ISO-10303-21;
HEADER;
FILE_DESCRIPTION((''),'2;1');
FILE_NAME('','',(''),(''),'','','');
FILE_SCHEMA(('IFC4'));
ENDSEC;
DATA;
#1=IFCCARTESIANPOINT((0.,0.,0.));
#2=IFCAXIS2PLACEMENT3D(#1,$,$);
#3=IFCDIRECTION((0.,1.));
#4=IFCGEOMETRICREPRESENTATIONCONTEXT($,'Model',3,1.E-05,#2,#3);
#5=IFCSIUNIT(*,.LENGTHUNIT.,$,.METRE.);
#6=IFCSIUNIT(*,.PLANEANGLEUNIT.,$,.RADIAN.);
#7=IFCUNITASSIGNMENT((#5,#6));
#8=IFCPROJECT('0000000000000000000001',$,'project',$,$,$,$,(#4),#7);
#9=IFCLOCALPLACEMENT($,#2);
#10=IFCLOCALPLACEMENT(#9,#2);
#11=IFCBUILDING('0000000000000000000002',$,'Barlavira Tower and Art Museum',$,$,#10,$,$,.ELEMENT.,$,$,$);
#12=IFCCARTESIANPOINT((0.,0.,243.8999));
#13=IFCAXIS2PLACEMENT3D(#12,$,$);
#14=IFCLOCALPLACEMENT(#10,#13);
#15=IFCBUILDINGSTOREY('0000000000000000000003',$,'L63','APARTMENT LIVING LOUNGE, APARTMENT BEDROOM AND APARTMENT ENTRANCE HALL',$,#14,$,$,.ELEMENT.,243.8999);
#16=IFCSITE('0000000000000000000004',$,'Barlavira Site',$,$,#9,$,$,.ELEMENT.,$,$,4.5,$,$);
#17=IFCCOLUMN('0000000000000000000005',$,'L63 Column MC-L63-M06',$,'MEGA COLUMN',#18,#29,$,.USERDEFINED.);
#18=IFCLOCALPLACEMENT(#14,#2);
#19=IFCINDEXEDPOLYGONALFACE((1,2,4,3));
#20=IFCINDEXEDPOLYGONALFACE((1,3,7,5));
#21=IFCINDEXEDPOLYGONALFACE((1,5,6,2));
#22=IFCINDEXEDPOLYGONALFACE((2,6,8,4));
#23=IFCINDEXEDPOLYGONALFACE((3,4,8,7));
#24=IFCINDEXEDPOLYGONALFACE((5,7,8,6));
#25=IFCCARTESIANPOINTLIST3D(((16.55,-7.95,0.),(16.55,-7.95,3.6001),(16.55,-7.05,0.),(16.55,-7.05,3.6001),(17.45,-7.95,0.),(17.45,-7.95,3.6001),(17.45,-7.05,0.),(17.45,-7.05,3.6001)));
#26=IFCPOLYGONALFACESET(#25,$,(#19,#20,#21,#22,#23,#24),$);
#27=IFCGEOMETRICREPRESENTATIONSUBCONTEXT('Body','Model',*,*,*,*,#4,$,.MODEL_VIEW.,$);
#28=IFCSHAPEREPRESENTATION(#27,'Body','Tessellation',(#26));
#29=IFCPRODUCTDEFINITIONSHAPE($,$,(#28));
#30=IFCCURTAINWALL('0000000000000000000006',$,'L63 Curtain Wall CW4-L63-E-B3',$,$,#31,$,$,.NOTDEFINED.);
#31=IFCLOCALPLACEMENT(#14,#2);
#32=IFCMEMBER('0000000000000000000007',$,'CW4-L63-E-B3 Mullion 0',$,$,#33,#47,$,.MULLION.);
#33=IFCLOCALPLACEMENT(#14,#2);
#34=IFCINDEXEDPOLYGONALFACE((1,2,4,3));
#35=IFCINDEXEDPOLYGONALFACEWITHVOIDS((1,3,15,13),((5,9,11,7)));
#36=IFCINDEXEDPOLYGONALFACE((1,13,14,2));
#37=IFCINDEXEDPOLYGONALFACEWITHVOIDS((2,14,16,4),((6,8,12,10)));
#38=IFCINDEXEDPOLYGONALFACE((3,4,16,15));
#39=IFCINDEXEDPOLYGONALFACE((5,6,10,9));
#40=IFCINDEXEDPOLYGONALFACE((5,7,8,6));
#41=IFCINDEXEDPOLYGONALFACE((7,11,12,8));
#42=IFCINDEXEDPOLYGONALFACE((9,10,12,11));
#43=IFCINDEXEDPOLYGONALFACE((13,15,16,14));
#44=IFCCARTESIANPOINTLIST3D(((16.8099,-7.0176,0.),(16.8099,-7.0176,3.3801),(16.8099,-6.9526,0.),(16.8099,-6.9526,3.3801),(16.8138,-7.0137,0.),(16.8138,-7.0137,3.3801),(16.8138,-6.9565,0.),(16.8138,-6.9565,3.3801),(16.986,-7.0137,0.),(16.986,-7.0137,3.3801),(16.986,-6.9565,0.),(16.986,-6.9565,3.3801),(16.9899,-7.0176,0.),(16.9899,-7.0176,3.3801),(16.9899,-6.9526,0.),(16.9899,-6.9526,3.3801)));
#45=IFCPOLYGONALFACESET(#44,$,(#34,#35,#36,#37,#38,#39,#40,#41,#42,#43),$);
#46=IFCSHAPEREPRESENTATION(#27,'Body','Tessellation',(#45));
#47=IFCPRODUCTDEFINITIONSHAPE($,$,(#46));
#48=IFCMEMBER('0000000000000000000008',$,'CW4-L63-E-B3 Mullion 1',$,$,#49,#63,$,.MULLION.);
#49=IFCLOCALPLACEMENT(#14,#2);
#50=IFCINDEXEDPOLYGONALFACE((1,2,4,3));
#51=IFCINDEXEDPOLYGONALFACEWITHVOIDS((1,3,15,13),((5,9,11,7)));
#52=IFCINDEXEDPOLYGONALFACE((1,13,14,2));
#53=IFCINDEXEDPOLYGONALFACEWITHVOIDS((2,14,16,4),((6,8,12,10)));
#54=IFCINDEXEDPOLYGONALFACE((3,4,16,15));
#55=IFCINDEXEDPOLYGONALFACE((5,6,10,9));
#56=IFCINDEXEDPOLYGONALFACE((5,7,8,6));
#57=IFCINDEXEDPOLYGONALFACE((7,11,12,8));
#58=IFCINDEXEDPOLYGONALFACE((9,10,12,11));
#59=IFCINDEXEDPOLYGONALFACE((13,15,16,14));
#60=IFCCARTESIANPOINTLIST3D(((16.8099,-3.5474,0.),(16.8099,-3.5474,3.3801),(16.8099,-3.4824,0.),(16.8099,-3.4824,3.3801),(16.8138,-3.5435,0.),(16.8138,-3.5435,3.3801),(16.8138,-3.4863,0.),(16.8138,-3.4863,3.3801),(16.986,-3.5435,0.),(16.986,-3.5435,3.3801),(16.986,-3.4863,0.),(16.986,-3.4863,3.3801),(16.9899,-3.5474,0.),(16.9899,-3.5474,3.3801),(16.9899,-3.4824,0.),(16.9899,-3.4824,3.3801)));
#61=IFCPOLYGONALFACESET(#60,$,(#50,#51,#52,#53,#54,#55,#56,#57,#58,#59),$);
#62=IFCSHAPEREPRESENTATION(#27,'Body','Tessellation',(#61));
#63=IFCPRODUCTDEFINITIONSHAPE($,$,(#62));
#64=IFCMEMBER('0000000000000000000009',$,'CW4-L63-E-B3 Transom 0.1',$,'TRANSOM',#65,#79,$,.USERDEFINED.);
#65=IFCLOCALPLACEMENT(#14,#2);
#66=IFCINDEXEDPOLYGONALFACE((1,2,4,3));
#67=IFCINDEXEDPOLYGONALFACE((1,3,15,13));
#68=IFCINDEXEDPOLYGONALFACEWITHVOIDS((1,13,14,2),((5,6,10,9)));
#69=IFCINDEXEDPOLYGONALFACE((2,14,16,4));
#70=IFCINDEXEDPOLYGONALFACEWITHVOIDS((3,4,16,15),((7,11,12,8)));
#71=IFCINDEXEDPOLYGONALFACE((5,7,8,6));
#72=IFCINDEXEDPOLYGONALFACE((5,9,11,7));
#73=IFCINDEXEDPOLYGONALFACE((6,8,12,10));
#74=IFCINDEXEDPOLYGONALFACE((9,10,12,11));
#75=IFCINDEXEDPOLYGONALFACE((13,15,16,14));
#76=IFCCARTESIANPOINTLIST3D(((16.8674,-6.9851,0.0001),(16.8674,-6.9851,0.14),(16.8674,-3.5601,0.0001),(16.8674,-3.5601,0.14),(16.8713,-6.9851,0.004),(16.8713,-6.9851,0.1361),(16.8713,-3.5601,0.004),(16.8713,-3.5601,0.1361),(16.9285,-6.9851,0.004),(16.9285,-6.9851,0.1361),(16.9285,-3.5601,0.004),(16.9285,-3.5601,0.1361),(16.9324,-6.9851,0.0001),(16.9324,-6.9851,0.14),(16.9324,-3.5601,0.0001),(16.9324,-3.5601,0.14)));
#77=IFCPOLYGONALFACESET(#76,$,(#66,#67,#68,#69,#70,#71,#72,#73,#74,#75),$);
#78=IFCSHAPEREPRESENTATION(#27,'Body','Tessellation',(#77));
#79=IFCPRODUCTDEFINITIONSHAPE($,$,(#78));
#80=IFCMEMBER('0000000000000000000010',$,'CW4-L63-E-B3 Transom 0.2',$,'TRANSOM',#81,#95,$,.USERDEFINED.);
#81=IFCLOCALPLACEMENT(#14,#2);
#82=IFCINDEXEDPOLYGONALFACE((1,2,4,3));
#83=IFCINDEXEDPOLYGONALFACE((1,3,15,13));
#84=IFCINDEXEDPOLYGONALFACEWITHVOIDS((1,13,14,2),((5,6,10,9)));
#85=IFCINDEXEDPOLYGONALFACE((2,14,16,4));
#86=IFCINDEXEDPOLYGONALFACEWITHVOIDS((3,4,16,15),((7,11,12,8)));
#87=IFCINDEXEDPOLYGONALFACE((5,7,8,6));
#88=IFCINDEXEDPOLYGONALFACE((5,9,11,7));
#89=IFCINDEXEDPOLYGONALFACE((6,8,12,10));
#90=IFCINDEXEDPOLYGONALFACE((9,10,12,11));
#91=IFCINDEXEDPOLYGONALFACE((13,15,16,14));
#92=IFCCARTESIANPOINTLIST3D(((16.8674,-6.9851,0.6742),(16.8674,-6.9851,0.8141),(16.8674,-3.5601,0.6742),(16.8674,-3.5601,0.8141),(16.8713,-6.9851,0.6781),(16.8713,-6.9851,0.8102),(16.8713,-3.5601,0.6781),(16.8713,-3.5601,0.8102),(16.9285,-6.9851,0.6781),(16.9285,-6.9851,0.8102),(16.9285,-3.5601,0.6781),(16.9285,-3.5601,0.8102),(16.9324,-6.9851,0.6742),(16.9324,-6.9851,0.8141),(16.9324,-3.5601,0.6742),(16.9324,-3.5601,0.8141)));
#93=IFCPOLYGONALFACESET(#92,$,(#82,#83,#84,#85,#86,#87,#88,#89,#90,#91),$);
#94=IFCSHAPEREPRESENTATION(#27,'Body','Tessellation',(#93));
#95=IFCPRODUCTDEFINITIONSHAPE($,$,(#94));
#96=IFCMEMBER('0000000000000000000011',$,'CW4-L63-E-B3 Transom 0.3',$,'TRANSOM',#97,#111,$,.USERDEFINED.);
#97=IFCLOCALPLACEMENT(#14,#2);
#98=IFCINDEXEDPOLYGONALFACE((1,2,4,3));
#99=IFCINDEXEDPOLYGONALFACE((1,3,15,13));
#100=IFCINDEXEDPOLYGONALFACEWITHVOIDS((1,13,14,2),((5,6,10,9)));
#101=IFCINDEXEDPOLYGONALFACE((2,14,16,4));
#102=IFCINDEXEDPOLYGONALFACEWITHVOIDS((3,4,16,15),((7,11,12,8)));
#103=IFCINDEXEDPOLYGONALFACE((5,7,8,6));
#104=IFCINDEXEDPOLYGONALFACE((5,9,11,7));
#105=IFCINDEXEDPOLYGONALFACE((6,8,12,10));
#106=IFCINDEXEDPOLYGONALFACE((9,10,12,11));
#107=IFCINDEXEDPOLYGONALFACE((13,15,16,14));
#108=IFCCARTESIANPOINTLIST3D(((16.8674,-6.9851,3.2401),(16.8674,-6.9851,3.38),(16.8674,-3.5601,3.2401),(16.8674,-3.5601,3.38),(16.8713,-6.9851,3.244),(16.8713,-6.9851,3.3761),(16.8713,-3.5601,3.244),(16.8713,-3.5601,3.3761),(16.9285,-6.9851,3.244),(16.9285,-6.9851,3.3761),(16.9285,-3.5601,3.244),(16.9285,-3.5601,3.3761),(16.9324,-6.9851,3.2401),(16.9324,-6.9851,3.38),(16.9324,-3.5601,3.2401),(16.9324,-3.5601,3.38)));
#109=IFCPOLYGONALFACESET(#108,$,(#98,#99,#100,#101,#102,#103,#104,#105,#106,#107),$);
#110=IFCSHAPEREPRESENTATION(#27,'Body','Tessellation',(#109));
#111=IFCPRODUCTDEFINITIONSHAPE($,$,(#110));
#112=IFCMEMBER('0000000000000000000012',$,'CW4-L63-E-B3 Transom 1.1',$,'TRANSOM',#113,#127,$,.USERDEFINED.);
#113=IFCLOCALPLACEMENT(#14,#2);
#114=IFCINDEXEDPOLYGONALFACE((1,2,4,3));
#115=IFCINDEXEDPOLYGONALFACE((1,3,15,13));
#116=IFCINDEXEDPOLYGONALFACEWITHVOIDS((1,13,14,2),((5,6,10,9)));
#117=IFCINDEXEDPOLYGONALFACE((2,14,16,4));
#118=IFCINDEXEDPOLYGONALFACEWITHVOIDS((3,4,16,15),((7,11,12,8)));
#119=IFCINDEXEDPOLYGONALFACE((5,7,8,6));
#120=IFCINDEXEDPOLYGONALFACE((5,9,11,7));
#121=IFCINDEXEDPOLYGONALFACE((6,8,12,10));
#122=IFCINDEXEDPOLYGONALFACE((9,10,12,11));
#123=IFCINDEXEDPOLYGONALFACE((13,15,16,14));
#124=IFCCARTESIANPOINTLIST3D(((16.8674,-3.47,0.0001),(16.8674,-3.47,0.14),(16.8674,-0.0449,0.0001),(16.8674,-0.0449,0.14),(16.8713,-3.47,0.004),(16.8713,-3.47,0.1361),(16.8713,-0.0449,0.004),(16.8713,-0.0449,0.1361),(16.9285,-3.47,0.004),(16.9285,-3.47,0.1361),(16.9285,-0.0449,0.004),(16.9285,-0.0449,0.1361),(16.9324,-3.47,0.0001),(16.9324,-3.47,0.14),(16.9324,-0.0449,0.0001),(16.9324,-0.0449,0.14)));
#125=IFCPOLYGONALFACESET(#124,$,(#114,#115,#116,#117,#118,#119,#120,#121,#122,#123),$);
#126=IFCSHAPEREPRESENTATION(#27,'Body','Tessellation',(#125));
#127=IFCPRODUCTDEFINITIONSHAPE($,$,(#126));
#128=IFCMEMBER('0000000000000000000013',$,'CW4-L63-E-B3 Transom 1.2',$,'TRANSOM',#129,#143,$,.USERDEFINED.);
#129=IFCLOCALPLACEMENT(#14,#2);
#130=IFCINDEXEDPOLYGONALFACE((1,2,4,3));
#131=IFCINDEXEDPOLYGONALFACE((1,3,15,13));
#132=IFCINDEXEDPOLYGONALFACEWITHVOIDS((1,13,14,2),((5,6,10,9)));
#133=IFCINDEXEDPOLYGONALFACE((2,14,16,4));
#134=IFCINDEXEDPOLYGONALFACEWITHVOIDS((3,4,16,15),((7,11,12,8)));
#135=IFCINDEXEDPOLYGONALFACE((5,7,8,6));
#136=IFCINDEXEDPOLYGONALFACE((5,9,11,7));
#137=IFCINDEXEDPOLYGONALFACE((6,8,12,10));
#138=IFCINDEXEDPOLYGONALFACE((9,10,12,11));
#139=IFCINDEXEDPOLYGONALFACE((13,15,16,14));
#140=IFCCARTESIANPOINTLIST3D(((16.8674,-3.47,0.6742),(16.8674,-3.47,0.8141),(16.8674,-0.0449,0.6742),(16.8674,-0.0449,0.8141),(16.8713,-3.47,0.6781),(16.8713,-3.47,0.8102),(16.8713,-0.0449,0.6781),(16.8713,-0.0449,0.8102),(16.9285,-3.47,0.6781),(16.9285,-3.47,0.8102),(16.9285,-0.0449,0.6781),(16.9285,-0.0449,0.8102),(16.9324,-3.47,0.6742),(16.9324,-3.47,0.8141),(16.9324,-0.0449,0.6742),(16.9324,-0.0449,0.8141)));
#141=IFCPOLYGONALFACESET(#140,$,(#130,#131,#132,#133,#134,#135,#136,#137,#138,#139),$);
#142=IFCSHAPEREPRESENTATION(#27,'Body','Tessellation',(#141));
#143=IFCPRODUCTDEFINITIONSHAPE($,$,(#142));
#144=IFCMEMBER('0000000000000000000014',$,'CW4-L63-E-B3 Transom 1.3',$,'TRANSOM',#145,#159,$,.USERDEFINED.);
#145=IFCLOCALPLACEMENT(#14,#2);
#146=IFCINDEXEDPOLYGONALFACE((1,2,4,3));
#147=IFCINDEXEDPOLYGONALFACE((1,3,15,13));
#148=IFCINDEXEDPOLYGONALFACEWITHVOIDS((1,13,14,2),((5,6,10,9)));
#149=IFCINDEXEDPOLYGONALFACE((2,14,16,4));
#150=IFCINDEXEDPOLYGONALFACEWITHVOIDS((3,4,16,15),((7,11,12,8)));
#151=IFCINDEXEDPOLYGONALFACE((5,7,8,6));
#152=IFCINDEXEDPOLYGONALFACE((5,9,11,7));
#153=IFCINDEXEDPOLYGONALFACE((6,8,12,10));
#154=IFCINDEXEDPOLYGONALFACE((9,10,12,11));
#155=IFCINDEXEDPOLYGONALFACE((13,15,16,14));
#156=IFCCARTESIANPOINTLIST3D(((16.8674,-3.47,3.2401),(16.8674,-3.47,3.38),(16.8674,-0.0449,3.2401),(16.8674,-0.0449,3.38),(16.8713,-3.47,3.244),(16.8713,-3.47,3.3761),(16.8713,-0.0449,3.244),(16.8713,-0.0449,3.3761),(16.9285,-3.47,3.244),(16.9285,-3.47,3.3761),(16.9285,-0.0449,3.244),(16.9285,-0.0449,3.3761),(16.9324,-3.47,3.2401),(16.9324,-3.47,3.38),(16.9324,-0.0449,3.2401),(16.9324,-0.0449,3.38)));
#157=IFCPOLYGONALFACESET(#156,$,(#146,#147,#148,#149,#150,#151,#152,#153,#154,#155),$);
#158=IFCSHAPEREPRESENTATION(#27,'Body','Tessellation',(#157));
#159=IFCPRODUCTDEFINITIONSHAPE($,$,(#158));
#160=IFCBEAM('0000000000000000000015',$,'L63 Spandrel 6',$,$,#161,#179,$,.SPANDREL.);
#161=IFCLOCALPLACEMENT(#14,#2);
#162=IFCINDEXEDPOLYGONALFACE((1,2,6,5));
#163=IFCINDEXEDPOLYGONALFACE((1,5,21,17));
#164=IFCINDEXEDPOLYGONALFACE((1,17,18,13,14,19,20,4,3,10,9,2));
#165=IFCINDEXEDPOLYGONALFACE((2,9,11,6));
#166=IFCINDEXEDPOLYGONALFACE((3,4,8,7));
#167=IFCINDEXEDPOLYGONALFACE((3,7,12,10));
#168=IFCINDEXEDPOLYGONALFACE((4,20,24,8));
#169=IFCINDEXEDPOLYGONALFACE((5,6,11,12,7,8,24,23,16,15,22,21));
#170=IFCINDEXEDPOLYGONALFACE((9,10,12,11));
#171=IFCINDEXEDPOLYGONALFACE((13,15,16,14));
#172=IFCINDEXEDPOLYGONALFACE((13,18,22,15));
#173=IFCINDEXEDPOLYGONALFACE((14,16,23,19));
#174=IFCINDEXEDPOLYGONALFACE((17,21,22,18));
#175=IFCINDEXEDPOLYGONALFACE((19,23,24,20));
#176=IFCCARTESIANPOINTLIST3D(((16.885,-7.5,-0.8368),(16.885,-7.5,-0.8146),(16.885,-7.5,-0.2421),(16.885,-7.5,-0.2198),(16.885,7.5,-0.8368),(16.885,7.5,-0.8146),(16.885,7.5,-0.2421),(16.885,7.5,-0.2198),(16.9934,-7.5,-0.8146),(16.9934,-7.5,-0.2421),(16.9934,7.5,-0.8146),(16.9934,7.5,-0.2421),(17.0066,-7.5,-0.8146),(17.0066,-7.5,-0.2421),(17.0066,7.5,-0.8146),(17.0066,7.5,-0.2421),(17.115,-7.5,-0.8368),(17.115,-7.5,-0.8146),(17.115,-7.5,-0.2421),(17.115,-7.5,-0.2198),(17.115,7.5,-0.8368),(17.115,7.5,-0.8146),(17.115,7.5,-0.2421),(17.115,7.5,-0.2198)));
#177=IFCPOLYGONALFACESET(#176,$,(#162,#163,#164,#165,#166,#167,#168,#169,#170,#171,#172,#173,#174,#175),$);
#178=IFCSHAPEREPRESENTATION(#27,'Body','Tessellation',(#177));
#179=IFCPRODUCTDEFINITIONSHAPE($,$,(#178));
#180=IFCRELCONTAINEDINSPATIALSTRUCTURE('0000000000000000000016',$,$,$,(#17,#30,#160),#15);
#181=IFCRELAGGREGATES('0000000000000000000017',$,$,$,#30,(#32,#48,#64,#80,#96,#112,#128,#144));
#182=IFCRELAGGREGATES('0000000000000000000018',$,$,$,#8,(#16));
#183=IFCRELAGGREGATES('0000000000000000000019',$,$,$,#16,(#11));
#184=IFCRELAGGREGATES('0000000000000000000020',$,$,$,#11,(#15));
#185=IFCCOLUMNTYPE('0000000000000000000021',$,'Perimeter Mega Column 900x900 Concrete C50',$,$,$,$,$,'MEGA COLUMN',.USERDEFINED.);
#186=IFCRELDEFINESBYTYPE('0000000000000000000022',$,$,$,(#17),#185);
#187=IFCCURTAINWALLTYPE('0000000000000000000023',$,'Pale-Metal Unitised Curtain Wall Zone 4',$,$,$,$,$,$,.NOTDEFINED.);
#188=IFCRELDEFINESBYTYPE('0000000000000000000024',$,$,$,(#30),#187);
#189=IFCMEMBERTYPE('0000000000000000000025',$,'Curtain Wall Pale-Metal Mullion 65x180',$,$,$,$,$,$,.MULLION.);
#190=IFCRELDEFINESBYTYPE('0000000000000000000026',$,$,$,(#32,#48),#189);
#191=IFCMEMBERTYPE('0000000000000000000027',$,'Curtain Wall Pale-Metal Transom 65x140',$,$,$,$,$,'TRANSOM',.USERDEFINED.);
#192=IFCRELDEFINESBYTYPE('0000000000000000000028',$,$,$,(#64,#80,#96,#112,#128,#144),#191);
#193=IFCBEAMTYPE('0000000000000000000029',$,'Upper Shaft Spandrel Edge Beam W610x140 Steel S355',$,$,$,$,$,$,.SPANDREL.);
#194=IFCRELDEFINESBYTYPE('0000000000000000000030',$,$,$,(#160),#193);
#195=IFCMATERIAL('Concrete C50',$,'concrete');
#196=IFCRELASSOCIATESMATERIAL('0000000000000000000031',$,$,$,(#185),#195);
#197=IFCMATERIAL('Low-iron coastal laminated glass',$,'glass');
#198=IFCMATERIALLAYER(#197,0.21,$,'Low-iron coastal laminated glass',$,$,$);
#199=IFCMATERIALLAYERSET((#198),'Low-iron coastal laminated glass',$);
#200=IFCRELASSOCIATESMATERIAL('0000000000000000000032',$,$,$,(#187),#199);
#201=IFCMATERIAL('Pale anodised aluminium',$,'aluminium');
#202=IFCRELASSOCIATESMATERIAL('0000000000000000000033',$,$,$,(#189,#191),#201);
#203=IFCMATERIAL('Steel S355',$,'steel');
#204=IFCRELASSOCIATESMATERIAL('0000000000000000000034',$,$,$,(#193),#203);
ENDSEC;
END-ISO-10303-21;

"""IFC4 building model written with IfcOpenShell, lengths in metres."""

from ifc_helpers import new_model, si_unit, direction, frame, origin, origin_2d, place, context, subcontext, project, spatial, rectangle, hollow_rectangle, i_section, extrude, material, layer, layer_set, material_profile, profile_set, type_object, element, aggregate, save


model = new_model("IFC4")

# Units and contexts
model_context = context("Model", 3, precision=1e-05, world=origin(), true_north=direction((0.0, 1.0)))
body_context = subcontext(model_context, "Body", "Model", "MODEL_VIEW")
ifc_project = project(units=[si_unit("LENGTHUNIT", "METRE"), si_unit("PLANEANGLEUNIT", "RADIAN")], contexts=[model_context])

# Site, building, storey
site_placement = place(None, origin())
site = spatial("IfcSite", under=ifc_project, at=site_placement, Name="Barlavira Site", CompositionType="ELEMENT", RefElevation=4.5)
building_placement = place(site_placement, origin())
building = spatial("IfcBuilding", under=site, at=building_placement, Name="Barlavira Tower and Art Museum", CompositionType="ELEMENT")
storey_placement = place(building_placement, frame((0.0, 0.0, 243.8999)))
storey = spatial("IfcBuildingStorey", under=building, at=storey_placement, Name="L63", Description="APARTMENT LIVING LOUNGE, APARTMENT BEDROOM AND APARTMENT ENTRANCE HALL", CompositionType="ELEMENT", Elevation=243.8999)

# Column
ifc_material_1 = material(Name="Concrete C50", Category="concrete")
ifc_material_profile_1 = material_profile(ifc_material_1, rectangle(XDim=0.8999, YDim=0.8999, at=origin_2d()), Name="RC-COL 900x900")
ifc_profile_set_1 = profile_set([ifc_material_profile_1], Name="Concrete C50")
column_type = type_object("IfcColumnType", Name="Perimeter Mega Column 900x900 Concrete C50", ElementType="MEGA COLUMN", PredefinedType="USERDEFINED", material=ifc_profile_set_1)
column_placement = place(storey_placement, frame((17.0, -7.5, 0.0), z_axis=(0.0, 0.0, 1.0), x_axis=(1.0, 0.0, 0.0)))
element("IfcColumn", 1, at=column_placement, inside=storey, type_object=column_type, Name="L63 Column MC-L63-M06", ObjectType="MEGA COLUMN", PredefinedType="USERDEFINED", context=body_context, shape_type="SweptSolid", body=[
    extrude(rectangle(XDim=0.8999, YDim=0.8999, at=origin_2d()), origin(), (0.0, 0.0, 1.0), 3.6001),
])

# Curtain wall, members
ifc_material_2 = material(Name="Low-iron coastal laminated glass", Category="glass")
ifc_layer_1 = layer(ifc_material_2, 0.21, Name="Low-iron coastal laminated glass")
ifc_layer_set_1 = layer_set([ifc_layer_1], Name="Low-iron coastal laminated glass")
curtain_wall_type = type_object("IfcCurtainWallType", Name="Pale-Metal Unitised Curtain Wall Zone 4", PredefinedType="NOTDEFINED", material=ifc_layer_set_1)
curtain_wall_placement = place(storey_placement, origin())
curtain_wall = element("IfcCurtainWall", 2, at=curtain_wall_placement, inside=storey, type_object=curtain_wall_type, Name="L63 Curtain Wall CW4-L63-E-B3", PredefinedType="NOTDEFINED")
ifc_material_3 = material(Name="Pale anodised aluminium", Category="aluminium")
ifc_material_profile_2 = material_profile(ifc_material_3, hollow_rectangle(XDim=0.0649, YDim=0.1799, WallThickness=0.0039, at=origin_2d()), Name="ALU-MULL 65x180x4")
ifc_profile_set_2 = profile_set([ifc_material_profile_2], Name="Pale anodised aluminium")
member_type_1 = type_object("IfcMemberType", Name="Curtain Wall Pale-Metal Mullion 65x180", PredefinedType="MULLION", material=ifc_profile_set_2)
member_1_placement = place(storey_placement, frame((16.8999, -6.9851, 0.0), z_axis=(0.0, 0.0, 1.0), x_axis=(0.0, 1.0, 0.0)))
member_1 = element("IfcMember", 3, at=member_1_placement, type_object=member_type_1, Name="CW4-L63-E-B3 Mullion 0", PredefinedType="MULLION", context=body_context, shape_type="SweptSolid", body=[
    extrude(hollow_rectangle(XDim=0.0649, YDim=0.1799, WallThickness=0.0039, at=origin_2d()), origin(), (0.0, 0.0, 1.0), 3.3801),
])
member_2_placement = place(storey_placement, frame((16.8999, -3.5149, 0.0), z_axis=(0.0, 0.0, 1.0), x_axis=(0.0, 1.0, 0.0)))
member_2 = element("IfcMember", 4, at=member_2_placement, type_object=member_type_1, Name="CW4-L63-E-B3 Mullion 1", PredefinedType="MULLION", context=body_context, shape_type="SweptSolid", body=[
    extrude(hollow_rectangle(XDim=0.0649, YDim=0.1799, WallThickness=0.0039, at=origin_2d()), origin(), (0.0, 0.0, 1.0), 3.3801),
])
ifc_material_profile_3 = material_profile(ifc_material_3, hollow_rectangle(XDim=0.0649, YDim=0.1399, WallThickness=0.0039, at=origin_2d()), Name="ALU-TRAN 65x140x4")
ifc_profile_set_3 = profile_set([ifc_material_profile_3], Name="Pale anodised aluminium")
member_type_2 = type_object("IfcMemberType", Name="Curtain Wall Pale-Metal Transom 65x140", ElementType="TRANSOM", PredefinedType="USERDEFINED", material=ifc_profile_set_3)
member_3_placement = place(storey_placement, frame((16.8999, -6.9851, 0.0701), z_axis=(0.0, 1.0, 0.0), x_axis=(-1.0, 0.0, 0.0)))
member_3 = element("IfcMember", 5, at=member_3_placement, type_object=member_type_2, Name="CW4-L63-E-B3 Transom 0.1", ObjectType="TRANSOM", PredefinedType="USERDEFINED", context=body_context, shape_type="SweptSolid", body=[
    extrude(hollow_rectangle(XDim=0.0649, YDim=0.1399, WallThickness=0.0039, at=origin_2d()), origin(), (0.0, 0.0, 1.0), 3.425),
])
member_4_placement = place(storey_placement, frame((16.8999, -6.9851, 0.7441), z_axis=(0.0, 1.0, 0.0), x_axis=(-1.0, 0.0, 0.0)))
member_4 = element("IfcMember", 6, at=member_4_placement, type_object=member_type_2, Name="CW4-L63-E-B3 Transom 0.2", ObjectType="TRANSOM", PredefinedType="USERDEFINED", context=body_context, shape_type="SweptSolid", body=[
    extrude(hollow_rectangle(XDim=0.0649, YDim=0.1399, WallThickness=0.0039, at=origin_2d()), origin(), (0.0, 0.0, 1.0), 3.425),
])
member_5_placement = place(storey_placement, frame((16.8999, -6.9851, 3.3101), z_axis=(0.0, 1.0, 0.0), x_axis=(-1.0, 0.0, 0.0)))
member_5 = element("IfcMember", 7, at=member_5_placement, type_object=member_type_2, Name="CW4-L63-E-B3 Transom 0.3", ObjectType="TRANSOM", PredefinedType="USERDEFINED", context=body_context, shape_type="SweptSolid", body=[
    extrude(hollow_rectangle(XDim=0.0649, YDim=0.1399, WallThickness=0.0039, at=origin_2d()), origin(), (0.0, 0.0, 1.0), 3.425),
])
member_6_placement = place(storey_placement, frame((16.8999, -3.47, 0.0701), z_axis=(0.0, 1.0, 0.0), x_axis=(-1.0, 0.0, 0.0)))
member_6 = element("IfcMember", 8, at=member_6_placement, type_object=member_type_2, Name="CW4-L63-E-B3 Transom 1.1", ObjectType="TRANSOM", PredefinedType="USERDEFINED", context=body_context, shape_type="SweptSolid", body=[
    extrude(hollow_rectangle(XDim=0.0649, YDim=0.1399, WallThickness=0.0039, at=origin_2d()), origin(), (0.0, 0.0, 1.0), 3.425),
])
member_7_placement = place(storey_placement, frame((16.8999, -3.47, 0.7441), z_axis=(0.0, 1.0, 0.0), x_axis=(-1.0, 0.0, 0.0)))
member_7 = element("IfcMember", 9, at=member_7_placement, type_object=member_type_2, Name="CW4-L63-E-B3 Transom 1.2", ObjectType="TRANSOM", PredefinedType="USERDEFINED", context=body_context, shape_type="SweptSolid", body=[
    extrude(hollow_rectangle(XDim=0.0649, YDim=0.1399, WallThickness=0.0039, at=origin_2d()), origin(), (0.0, 0.0, 1.0), 3.425),
])
member_8_placement = place(storey_placement, frame((16.8999, -3.47, 3.3101), z_axis=(0.0, 1.0, 0.0), x_axis=(-1.0, 0.0, 0.0)))
member_8 = element("IfcMember", 10, at=member_8_placement, type_object=member_type_2, Name="CW4-L63-E-B3 Transom 1.3", ObjectType="TRANSOM", PredefinedType="USERDEFINED", context=body_context, shape_type="SweptSolid", body=[
    extrude(hollow_rectangle(XDim=0.0649, YDim=0.1399, WallThickness=0.0039, at=origin_2d()), origin(), (0.0, 0.0, 1.0), 3.425),
])

# Beam
ifc_material_4 = material(Name="Steel S355", Category="steel")
ifc_material_profile_4 = material_profile(ifc_material_4, i_section(OverallWidth=0.23, OverallDepth=0.6169, WebThickness=0.0132, FlangeThickness=0.0222, at=origin_2d()), Name="W610x140.0")
ifc_profile_set_4 = profile_set([ifc_material_profile_4], Name="Steel S355")
beam_type_1 = type_object("IfcBeamType", Name="Upper Shaft Spandrel Edge Beam W610x140 Steel S355", PredefinedType="SPANDREL", material=ifc_profile_set_4)
beam_1_placement = place(storey_placement, frame((17.0, -7.5, -0.5283), z_axis=(0.0, 1.0, 0.0), x_axis=(-1.0, 0.0, 0.0)))
element("IfcBeam", 11, at=beam_1_placement, inside=storey, type_object=beam_type_1, Name="L63 Spandrel 6", PredefinedType="SPANDREL", context=body_context, shape_type="SweptSolid", body=[
    extrude(i_section(OverallWidth=0.23, OverallDepth=0.6169, WebThickness=0.0132, FlangeThickness=0.0222, at=origin_2d()), origin(), (0.0, 0.0, 1.0), 15.0),
])

aggregate(curtain_wall, [member_1, member_2, member_3, member_4, member_5, member_6, member_7, member_8])

save(model, "model.ifc")
